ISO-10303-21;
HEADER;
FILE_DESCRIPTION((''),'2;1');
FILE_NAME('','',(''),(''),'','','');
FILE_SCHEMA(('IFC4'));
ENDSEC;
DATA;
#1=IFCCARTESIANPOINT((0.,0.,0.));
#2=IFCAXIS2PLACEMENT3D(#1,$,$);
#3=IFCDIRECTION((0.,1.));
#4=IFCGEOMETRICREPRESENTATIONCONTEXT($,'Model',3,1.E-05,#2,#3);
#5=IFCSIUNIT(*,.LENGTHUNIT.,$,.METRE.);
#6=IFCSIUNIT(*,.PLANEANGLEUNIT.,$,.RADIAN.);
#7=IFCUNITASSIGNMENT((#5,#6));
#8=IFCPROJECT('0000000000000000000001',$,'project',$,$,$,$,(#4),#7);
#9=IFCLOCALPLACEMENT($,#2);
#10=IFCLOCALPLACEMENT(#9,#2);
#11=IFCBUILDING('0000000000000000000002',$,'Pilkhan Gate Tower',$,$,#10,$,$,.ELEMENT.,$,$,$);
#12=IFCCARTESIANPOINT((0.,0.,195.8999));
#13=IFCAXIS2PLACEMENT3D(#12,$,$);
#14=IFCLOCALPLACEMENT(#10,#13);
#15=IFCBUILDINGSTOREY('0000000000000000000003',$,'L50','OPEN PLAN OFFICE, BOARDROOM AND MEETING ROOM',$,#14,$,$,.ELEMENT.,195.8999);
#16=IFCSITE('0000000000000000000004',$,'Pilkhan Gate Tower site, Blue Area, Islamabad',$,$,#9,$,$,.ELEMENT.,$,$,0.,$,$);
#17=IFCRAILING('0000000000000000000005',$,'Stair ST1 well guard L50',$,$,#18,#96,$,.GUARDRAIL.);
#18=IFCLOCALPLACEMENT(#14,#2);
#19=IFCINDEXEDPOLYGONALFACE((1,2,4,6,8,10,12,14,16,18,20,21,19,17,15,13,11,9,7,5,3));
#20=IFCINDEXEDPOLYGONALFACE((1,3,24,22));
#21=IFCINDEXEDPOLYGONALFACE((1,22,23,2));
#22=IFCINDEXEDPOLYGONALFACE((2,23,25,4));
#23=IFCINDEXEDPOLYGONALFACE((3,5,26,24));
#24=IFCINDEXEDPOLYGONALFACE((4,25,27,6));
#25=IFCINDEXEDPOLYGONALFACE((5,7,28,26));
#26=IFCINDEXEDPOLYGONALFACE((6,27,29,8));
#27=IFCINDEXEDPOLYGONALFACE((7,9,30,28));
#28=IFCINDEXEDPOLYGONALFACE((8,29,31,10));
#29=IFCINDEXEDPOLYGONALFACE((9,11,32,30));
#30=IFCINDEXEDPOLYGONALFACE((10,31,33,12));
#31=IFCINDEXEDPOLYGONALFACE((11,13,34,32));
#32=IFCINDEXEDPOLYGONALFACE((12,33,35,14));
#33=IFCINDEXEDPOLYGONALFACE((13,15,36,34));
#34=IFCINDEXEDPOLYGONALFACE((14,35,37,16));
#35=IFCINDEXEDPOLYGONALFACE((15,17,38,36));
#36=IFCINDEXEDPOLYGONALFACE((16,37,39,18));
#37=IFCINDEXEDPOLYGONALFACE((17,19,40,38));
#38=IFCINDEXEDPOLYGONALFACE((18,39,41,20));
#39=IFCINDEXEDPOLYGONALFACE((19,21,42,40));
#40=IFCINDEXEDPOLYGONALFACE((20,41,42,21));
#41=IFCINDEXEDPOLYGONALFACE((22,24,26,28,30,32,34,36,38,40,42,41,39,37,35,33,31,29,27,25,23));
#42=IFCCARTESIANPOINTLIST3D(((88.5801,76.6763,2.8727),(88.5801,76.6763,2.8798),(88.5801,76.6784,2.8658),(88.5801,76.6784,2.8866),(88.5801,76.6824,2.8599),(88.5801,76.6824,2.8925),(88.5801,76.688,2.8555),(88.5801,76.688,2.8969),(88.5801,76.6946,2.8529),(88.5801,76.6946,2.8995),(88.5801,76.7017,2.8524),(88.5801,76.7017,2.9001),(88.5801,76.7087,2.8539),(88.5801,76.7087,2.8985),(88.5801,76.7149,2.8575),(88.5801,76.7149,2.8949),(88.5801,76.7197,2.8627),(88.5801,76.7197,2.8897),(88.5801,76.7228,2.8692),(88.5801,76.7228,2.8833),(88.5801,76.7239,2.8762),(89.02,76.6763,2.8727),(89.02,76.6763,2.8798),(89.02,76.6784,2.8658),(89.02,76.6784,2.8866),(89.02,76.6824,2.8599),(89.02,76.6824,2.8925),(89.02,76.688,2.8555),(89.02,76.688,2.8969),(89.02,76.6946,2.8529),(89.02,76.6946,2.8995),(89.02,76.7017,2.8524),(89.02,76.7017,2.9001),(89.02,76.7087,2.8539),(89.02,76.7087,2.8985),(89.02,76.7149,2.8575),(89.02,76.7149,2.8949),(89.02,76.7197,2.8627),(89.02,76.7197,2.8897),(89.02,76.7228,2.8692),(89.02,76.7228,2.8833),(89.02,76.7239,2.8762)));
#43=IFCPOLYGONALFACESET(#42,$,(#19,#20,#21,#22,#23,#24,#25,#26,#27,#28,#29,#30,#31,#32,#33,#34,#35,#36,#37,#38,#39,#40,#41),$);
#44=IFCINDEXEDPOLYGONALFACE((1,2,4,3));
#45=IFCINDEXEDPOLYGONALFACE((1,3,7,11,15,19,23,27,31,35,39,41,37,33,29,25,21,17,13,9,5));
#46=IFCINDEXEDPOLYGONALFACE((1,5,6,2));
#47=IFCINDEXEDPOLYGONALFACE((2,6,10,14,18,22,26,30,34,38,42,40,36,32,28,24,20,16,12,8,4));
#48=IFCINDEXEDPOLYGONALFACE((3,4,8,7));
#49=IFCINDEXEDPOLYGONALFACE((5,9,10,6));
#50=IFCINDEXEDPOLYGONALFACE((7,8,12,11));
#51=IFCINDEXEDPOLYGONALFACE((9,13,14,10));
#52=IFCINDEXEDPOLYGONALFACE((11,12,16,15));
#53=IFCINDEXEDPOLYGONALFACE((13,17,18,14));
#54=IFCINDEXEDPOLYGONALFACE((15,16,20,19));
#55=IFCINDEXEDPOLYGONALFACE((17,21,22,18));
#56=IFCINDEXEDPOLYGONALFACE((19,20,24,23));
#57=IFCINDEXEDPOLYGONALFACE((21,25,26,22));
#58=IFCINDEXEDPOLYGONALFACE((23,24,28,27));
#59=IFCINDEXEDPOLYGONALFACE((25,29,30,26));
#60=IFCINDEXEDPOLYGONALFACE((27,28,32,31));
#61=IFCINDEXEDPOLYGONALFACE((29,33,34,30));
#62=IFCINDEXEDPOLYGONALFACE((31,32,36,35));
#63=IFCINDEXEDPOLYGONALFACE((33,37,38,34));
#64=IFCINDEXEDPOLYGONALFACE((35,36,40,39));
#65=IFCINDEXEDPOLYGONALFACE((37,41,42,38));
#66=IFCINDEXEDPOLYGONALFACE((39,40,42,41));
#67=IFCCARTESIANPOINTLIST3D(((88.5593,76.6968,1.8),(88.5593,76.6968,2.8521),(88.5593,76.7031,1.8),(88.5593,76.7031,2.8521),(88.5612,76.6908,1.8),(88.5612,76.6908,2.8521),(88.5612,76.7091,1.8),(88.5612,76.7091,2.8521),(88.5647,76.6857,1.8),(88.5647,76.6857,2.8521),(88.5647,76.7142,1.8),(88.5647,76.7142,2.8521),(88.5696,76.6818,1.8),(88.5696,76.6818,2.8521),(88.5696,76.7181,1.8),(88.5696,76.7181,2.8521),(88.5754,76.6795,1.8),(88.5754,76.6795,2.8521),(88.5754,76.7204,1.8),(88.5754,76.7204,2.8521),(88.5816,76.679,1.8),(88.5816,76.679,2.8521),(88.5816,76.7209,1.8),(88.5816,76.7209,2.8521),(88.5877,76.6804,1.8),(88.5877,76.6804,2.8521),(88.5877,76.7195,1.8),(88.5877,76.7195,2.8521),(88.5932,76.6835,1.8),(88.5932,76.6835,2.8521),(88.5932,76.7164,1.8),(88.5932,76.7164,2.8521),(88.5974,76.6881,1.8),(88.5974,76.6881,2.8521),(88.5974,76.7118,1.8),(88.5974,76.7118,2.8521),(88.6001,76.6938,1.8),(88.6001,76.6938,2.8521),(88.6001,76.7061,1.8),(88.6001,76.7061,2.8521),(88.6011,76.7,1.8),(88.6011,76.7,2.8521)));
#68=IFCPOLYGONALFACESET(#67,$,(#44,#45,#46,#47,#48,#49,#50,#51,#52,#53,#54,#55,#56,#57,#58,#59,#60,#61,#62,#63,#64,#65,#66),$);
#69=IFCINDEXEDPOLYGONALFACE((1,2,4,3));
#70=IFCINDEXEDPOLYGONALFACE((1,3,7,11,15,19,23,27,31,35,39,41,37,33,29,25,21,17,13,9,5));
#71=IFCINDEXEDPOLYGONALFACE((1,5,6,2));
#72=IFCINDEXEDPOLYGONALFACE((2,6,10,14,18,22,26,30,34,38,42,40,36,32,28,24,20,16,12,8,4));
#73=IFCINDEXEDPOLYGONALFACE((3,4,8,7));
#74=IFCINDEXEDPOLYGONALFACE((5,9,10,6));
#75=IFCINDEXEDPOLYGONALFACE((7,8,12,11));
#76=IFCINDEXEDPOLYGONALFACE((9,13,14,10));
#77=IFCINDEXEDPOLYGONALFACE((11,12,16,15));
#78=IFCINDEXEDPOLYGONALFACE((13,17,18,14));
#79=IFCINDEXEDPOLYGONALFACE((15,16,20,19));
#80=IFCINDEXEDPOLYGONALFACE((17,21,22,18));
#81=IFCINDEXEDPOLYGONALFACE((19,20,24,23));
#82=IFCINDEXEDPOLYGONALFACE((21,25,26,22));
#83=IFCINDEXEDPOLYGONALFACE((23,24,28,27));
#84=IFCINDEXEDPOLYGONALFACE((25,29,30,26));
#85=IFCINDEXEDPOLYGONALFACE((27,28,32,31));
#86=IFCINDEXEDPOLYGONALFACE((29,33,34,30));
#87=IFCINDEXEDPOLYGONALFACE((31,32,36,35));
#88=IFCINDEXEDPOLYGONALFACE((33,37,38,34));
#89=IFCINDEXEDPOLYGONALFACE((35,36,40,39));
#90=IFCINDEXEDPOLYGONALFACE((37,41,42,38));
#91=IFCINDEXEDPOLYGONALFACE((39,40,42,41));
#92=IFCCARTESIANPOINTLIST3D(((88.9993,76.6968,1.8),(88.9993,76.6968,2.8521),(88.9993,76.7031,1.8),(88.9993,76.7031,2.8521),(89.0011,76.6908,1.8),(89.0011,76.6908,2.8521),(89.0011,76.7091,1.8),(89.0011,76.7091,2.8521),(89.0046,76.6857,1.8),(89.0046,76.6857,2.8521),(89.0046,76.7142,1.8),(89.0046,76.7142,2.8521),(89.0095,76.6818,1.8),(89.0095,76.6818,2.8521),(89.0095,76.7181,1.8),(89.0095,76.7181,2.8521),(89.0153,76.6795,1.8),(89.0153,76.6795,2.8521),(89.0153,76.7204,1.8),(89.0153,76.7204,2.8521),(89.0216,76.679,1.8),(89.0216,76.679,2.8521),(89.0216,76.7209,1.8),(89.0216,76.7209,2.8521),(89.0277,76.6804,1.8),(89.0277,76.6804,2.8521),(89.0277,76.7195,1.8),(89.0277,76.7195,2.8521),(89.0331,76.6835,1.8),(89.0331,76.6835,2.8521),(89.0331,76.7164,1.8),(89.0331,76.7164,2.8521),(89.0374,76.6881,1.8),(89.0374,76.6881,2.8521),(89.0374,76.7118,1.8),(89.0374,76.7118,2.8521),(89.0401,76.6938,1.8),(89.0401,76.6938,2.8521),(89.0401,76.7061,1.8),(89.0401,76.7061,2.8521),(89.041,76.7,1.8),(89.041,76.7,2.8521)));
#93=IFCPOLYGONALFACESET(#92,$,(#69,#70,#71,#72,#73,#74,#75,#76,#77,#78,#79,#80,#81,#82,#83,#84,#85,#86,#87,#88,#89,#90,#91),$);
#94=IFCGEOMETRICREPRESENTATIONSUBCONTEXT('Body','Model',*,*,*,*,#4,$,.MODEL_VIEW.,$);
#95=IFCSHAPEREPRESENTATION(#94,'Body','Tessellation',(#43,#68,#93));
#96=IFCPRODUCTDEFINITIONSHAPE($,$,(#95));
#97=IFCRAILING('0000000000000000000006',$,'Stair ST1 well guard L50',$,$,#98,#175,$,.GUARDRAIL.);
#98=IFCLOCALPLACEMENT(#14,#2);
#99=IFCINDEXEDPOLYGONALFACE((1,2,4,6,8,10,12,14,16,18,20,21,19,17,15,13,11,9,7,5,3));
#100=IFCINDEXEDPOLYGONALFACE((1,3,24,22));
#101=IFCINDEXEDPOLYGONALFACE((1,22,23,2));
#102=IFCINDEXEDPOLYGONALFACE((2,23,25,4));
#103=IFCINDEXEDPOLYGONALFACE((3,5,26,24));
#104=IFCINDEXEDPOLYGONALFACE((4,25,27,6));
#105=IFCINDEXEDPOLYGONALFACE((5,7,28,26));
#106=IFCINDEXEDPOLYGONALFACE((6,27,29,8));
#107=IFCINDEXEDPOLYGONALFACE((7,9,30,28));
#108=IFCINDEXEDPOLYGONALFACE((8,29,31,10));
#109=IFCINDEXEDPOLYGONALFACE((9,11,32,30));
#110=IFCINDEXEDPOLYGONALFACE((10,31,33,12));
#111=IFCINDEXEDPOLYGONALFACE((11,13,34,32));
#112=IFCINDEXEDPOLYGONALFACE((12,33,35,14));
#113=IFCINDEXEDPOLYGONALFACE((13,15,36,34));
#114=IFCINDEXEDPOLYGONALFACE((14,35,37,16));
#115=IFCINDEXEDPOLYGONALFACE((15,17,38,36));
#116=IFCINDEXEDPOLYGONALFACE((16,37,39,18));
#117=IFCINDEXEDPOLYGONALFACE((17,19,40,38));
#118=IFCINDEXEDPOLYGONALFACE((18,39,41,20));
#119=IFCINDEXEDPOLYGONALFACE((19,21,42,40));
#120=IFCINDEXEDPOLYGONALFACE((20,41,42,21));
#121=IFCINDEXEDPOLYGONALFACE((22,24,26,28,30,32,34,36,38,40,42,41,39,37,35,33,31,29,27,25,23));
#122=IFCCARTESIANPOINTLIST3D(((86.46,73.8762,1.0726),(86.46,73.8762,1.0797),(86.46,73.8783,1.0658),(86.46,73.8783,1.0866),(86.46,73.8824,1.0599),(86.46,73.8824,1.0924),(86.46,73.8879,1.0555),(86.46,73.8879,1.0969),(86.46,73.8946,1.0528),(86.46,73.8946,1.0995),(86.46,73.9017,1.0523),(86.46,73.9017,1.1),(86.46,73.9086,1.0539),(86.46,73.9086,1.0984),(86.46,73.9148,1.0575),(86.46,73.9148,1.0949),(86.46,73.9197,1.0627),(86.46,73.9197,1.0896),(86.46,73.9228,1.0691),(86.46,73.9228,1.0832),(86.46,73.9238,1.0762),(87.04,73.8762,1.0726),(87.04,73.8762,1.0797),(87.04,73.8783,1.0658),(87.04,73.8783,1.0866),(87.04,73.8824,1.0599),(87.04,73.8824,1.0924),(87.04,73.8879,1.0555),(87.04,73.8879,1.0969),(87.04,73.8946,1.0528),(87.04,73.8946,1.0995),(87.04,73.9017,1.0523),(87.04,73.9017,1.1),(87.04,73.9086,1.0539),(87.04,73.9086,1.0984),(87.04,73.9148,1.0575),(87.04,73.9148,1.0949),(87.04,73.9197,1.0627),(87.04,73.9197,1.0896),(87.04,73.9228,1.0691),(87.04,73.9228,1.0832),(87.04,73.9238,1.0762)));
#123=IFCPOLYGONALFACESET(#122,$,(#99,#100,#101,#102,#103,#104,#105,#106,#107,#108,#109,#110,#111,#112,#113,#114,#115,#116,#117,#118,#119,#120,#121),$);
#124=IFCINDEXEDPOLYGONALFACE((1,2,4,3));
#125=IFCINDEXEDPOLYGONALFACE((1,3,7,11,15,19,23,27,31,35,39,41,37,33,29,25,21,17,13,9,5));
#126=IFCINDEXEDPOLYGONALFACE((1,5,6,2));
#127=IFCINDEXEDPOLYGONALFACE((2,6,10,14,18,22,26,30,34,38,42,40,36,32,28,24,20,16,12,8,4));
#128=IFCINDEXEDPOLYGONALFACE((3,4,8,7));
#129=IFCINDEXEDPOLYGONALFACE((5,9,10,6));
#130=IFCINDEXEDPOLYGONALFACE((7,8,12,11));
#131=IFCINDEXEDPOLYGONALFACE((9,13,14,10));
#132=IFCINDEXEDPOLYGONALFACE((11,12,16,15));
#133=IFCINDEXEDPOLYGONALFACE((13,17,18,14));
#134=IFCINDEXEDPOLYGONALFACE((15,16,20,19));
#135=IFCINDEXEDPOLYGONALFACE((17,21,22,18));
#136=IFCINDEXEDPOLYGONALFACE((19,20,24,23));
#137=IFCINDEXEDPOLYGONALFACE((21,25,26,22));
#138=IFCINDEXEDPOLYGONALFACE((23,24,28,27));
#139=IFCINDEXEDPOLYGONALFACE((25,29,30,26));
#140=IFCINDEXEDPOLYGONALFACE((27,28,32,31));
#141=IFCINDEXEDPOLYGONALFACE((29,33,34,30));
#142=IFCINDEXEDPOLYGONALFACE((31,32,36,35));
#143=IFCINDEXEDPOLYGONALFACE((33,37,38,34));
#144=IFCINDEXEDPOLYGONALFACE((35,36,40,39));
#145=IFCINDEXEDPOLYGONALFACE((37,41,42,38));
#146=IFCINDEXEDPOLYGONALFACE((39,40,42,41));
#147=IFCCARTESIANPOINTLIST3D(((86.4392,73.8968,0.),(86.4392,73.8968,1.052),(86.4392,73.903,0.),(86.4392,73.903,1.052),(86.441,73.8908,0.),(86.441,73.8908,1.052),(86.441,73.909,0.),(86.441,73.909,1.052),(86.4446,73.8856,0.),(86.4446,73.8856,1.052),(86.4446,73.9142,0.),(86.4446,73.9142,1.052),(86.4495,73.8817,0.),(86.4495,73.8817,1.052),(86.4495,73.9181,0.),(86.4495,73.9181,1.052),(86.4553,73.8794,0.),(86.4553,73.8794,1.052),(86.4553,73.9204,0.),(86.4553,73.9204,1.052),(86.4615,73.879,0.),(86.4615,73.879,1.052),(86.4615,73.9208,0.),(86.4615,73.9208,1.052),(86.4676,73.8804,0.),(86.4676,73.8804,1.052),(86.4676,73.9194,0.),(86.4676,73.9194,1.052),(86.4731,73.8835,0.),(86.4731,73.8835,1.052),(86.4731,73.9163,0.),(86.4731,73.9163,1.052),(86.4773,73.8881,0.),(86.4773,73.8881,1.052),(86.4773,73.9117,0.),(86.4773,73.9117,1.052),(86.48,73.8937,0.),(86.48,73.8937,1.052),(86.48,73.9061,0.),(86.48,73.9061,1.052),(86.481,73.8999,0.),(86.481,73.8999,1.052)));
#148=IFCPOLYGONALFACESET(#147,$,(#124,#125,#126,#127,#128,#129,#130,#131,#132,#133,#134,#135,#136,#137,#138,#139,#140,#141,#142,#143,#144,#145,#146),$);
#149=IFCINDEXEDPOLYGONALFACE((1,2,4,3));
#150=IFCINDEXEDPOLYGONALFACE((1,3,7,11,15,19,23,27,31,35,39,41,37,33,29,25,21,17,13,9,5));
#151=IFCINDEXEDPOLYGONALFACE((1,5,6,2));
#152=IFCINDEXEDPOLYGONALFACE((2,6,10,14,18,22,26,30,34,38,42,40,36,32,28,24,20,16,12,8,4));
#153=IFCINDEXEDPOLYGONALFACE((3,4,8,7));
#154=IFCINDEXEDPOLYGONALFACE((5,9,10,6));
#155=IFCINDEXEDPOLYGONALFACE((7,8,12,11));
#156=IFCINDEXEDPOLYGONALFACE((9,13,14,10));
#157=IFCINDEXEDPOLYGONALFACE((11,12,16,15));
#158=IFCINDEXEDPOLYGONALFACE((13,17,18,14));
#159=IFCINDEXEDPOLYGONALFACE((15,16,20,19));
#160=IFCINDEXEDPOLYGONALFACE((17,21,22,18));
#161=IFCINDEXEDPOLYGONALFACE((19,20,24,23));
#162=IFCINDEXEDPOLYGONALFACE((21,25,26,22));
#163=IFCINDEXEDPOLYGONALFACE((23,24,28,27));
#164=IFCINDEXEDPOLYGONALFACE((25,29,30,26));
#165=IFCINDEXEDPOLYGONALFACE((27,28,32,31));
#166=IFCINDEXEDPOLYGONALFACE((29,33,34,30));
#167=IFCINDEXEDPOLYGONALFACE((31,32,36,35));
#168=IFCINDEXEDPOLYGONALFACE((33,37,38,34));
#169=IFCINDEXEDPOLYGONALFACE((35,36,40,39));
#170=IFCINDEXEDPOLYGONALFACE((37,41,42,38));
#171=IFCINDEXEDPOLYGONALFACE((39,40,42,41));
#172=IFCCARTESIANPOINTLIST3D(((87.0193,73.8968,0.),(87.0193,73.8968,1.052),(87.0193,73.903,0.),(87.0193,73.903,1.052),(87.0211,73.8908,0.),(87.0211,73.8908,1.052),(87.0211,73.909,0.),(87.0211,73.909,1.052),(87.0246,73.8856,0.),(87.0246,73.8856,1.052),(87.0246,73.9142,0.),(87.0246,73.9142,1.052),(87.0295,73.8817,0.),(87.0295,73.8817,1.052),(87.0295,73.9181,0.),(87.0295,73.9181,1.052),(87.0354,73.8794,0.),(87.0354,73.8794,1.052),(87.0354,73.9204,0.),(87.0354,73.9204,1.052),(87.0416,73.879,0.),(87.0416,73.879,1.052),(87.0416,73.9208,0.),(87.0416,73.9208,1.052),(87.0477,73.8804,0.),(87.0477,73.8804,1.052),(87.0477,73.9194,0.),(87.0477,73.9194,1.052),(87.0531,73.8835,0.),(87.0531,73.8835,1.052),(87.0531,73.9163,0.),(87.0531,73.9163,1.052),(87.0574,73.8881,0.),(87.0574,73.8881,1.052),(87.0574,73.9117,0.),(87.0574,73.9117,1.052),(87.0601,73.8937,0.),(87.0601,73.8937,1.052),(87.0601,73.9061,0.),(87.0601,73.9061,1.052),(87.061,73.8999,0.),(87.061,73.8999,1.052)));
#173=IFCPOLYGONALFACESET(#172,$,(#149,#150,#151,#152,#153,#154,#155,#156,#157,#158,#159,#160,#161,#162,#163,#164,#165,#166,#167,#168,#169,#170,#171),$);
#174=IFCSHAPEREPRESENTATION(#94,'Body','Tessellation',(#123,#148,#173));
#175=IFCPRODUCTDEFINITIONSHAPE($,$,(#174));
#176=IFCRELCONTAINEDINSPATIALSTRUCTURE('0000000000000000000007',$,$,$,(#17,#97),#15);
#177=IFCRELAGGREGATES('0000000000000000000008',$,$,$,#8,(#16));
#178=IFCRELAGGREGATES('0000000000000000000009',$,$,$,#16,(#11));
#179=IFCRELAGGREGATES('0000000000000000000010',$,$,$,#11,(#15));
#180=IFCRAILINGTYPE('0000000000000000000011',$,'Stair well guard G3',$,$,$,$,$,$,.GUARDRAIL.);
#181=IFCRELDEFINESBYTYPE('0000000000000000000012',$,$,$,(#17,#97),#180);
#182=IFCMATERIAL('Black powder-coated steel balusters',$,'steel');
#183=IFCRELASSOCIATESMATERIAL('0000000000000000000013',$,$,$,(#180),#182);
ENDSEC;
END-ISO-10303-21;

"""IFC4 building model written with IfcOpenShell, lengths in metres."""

from ifc_helpers import new_model, si_unit, direction, frame, origin, origin_2d, place, context, subcontext, project, spatial, circle, extrude, material, type_object, element, save


model = new_model("IFC4")

# Units and contexts
model_context = context("Model", 3, precision=1e-05, world=origin(), true_north=direction((0.0, 1.0)))
body_context = subcontext(model_context, "Body", "Model", "MODEL_VIEW")
ifc_project = project(units=[si_unit("LENGTHUNIT", "METRE"), si_unit("PLANEANGLEUNIT", "RADIAN")], contexts=[model_context])

# Site, building, storey
site_placement = place(None, origin())
site = spatial("IfcSite", under=ifc_project, at=site_placement, Name="Pilkhan Gate Tower site, Blue Area, Islamabad", CompositionType="ELEMENT", RefElevation=0.0)
building_placement = place(site_placement, origin())
building = spatial("IfcBuilding", under=site, at=building_placement, Name="Pilkhan Gate Tower", CompositionType="ELEMENT")
storey_placement = place(building_placement, frame((0.0, 0.0, 195.8999)))
storey = spatial("IfcBuildingStorey", under=building, at=storey_placement, Name="L50", Description="OPEN PLAN OFFICE, BOARDROOM AND MEETING ROOM", CompositionType="ELEMENT", Elevation=195.8999)

# Railings
ifc_material_1 = material(Name="Black powder-coated steel balusters", Category="steel")
railing_type_1 = type_object("IfcRailingType", Name="Stair well guard G3", PredefinedType="GUARDRAIL", material=ifc_material_1)
railing_1_placement = place(storey_placement, frame((88.5801, 76.7, 1.8)))
element("IfcRailing", 1, at=railing_1_placement, inside=storey, type_object=railing_type_1, Name="Stair ST1 well guard L50", PredefinedType="GUARDRAIL", context=body_context, shape_type="SweptSolid", body=[
    extrude(circle(Radius=0.0239, at=origin_2d()), frame((0.0, 0.0, 1.0762), z_axis=(1.0, 0.0, 0.0), x_axis=(0.0, 1.0, 0.0)), (0.0, 0.0, 1.0), 0.4399),
    extrude(circle(Radius=0.021, at=origin_2d()), origin(), (0.0, 0.0, 1.0), 1.052),
    extrude(circle(Radius=0.021, at=origin_2d()), frame((0.4399, 0.0, 0.0)), (0.0, 0.0, 1.0), 1.052),
])
for number, where, name in (
    (2, (86.46, 73.8999, 0.0), "Stair ST1 well guard L50"),
):
    element("IfcRailing", number, at=place(storey_placement, frame(where)), inside=storey, type_object=railing_type_1, Name=name, PredefinedType="GUARDRAIL", context=body_context, shape_type="SweptSolid", body=[
        extrude(circle(Radius=0.0239, at=origin_2d()), frame((0.0, 0.0, 1.0762), z_axis=(1.0, 0.0, 0.0), x_axis=(0.0, 1.0, 0.0)), (0.0, 0.0, 1.0), 0.5801),
        extrude(circle(Radius=0.021, at=origin_2d()), origin(), (0.0, 0.0, 1.0), 1.052),
        extrude(circle(Radius=0.021, at=origin_2d()), frame((0.5801, 0.0, 0.0)), (0.0, 0.0, 1.0), 1.052),
    ])

save(model, "model.ifc")
